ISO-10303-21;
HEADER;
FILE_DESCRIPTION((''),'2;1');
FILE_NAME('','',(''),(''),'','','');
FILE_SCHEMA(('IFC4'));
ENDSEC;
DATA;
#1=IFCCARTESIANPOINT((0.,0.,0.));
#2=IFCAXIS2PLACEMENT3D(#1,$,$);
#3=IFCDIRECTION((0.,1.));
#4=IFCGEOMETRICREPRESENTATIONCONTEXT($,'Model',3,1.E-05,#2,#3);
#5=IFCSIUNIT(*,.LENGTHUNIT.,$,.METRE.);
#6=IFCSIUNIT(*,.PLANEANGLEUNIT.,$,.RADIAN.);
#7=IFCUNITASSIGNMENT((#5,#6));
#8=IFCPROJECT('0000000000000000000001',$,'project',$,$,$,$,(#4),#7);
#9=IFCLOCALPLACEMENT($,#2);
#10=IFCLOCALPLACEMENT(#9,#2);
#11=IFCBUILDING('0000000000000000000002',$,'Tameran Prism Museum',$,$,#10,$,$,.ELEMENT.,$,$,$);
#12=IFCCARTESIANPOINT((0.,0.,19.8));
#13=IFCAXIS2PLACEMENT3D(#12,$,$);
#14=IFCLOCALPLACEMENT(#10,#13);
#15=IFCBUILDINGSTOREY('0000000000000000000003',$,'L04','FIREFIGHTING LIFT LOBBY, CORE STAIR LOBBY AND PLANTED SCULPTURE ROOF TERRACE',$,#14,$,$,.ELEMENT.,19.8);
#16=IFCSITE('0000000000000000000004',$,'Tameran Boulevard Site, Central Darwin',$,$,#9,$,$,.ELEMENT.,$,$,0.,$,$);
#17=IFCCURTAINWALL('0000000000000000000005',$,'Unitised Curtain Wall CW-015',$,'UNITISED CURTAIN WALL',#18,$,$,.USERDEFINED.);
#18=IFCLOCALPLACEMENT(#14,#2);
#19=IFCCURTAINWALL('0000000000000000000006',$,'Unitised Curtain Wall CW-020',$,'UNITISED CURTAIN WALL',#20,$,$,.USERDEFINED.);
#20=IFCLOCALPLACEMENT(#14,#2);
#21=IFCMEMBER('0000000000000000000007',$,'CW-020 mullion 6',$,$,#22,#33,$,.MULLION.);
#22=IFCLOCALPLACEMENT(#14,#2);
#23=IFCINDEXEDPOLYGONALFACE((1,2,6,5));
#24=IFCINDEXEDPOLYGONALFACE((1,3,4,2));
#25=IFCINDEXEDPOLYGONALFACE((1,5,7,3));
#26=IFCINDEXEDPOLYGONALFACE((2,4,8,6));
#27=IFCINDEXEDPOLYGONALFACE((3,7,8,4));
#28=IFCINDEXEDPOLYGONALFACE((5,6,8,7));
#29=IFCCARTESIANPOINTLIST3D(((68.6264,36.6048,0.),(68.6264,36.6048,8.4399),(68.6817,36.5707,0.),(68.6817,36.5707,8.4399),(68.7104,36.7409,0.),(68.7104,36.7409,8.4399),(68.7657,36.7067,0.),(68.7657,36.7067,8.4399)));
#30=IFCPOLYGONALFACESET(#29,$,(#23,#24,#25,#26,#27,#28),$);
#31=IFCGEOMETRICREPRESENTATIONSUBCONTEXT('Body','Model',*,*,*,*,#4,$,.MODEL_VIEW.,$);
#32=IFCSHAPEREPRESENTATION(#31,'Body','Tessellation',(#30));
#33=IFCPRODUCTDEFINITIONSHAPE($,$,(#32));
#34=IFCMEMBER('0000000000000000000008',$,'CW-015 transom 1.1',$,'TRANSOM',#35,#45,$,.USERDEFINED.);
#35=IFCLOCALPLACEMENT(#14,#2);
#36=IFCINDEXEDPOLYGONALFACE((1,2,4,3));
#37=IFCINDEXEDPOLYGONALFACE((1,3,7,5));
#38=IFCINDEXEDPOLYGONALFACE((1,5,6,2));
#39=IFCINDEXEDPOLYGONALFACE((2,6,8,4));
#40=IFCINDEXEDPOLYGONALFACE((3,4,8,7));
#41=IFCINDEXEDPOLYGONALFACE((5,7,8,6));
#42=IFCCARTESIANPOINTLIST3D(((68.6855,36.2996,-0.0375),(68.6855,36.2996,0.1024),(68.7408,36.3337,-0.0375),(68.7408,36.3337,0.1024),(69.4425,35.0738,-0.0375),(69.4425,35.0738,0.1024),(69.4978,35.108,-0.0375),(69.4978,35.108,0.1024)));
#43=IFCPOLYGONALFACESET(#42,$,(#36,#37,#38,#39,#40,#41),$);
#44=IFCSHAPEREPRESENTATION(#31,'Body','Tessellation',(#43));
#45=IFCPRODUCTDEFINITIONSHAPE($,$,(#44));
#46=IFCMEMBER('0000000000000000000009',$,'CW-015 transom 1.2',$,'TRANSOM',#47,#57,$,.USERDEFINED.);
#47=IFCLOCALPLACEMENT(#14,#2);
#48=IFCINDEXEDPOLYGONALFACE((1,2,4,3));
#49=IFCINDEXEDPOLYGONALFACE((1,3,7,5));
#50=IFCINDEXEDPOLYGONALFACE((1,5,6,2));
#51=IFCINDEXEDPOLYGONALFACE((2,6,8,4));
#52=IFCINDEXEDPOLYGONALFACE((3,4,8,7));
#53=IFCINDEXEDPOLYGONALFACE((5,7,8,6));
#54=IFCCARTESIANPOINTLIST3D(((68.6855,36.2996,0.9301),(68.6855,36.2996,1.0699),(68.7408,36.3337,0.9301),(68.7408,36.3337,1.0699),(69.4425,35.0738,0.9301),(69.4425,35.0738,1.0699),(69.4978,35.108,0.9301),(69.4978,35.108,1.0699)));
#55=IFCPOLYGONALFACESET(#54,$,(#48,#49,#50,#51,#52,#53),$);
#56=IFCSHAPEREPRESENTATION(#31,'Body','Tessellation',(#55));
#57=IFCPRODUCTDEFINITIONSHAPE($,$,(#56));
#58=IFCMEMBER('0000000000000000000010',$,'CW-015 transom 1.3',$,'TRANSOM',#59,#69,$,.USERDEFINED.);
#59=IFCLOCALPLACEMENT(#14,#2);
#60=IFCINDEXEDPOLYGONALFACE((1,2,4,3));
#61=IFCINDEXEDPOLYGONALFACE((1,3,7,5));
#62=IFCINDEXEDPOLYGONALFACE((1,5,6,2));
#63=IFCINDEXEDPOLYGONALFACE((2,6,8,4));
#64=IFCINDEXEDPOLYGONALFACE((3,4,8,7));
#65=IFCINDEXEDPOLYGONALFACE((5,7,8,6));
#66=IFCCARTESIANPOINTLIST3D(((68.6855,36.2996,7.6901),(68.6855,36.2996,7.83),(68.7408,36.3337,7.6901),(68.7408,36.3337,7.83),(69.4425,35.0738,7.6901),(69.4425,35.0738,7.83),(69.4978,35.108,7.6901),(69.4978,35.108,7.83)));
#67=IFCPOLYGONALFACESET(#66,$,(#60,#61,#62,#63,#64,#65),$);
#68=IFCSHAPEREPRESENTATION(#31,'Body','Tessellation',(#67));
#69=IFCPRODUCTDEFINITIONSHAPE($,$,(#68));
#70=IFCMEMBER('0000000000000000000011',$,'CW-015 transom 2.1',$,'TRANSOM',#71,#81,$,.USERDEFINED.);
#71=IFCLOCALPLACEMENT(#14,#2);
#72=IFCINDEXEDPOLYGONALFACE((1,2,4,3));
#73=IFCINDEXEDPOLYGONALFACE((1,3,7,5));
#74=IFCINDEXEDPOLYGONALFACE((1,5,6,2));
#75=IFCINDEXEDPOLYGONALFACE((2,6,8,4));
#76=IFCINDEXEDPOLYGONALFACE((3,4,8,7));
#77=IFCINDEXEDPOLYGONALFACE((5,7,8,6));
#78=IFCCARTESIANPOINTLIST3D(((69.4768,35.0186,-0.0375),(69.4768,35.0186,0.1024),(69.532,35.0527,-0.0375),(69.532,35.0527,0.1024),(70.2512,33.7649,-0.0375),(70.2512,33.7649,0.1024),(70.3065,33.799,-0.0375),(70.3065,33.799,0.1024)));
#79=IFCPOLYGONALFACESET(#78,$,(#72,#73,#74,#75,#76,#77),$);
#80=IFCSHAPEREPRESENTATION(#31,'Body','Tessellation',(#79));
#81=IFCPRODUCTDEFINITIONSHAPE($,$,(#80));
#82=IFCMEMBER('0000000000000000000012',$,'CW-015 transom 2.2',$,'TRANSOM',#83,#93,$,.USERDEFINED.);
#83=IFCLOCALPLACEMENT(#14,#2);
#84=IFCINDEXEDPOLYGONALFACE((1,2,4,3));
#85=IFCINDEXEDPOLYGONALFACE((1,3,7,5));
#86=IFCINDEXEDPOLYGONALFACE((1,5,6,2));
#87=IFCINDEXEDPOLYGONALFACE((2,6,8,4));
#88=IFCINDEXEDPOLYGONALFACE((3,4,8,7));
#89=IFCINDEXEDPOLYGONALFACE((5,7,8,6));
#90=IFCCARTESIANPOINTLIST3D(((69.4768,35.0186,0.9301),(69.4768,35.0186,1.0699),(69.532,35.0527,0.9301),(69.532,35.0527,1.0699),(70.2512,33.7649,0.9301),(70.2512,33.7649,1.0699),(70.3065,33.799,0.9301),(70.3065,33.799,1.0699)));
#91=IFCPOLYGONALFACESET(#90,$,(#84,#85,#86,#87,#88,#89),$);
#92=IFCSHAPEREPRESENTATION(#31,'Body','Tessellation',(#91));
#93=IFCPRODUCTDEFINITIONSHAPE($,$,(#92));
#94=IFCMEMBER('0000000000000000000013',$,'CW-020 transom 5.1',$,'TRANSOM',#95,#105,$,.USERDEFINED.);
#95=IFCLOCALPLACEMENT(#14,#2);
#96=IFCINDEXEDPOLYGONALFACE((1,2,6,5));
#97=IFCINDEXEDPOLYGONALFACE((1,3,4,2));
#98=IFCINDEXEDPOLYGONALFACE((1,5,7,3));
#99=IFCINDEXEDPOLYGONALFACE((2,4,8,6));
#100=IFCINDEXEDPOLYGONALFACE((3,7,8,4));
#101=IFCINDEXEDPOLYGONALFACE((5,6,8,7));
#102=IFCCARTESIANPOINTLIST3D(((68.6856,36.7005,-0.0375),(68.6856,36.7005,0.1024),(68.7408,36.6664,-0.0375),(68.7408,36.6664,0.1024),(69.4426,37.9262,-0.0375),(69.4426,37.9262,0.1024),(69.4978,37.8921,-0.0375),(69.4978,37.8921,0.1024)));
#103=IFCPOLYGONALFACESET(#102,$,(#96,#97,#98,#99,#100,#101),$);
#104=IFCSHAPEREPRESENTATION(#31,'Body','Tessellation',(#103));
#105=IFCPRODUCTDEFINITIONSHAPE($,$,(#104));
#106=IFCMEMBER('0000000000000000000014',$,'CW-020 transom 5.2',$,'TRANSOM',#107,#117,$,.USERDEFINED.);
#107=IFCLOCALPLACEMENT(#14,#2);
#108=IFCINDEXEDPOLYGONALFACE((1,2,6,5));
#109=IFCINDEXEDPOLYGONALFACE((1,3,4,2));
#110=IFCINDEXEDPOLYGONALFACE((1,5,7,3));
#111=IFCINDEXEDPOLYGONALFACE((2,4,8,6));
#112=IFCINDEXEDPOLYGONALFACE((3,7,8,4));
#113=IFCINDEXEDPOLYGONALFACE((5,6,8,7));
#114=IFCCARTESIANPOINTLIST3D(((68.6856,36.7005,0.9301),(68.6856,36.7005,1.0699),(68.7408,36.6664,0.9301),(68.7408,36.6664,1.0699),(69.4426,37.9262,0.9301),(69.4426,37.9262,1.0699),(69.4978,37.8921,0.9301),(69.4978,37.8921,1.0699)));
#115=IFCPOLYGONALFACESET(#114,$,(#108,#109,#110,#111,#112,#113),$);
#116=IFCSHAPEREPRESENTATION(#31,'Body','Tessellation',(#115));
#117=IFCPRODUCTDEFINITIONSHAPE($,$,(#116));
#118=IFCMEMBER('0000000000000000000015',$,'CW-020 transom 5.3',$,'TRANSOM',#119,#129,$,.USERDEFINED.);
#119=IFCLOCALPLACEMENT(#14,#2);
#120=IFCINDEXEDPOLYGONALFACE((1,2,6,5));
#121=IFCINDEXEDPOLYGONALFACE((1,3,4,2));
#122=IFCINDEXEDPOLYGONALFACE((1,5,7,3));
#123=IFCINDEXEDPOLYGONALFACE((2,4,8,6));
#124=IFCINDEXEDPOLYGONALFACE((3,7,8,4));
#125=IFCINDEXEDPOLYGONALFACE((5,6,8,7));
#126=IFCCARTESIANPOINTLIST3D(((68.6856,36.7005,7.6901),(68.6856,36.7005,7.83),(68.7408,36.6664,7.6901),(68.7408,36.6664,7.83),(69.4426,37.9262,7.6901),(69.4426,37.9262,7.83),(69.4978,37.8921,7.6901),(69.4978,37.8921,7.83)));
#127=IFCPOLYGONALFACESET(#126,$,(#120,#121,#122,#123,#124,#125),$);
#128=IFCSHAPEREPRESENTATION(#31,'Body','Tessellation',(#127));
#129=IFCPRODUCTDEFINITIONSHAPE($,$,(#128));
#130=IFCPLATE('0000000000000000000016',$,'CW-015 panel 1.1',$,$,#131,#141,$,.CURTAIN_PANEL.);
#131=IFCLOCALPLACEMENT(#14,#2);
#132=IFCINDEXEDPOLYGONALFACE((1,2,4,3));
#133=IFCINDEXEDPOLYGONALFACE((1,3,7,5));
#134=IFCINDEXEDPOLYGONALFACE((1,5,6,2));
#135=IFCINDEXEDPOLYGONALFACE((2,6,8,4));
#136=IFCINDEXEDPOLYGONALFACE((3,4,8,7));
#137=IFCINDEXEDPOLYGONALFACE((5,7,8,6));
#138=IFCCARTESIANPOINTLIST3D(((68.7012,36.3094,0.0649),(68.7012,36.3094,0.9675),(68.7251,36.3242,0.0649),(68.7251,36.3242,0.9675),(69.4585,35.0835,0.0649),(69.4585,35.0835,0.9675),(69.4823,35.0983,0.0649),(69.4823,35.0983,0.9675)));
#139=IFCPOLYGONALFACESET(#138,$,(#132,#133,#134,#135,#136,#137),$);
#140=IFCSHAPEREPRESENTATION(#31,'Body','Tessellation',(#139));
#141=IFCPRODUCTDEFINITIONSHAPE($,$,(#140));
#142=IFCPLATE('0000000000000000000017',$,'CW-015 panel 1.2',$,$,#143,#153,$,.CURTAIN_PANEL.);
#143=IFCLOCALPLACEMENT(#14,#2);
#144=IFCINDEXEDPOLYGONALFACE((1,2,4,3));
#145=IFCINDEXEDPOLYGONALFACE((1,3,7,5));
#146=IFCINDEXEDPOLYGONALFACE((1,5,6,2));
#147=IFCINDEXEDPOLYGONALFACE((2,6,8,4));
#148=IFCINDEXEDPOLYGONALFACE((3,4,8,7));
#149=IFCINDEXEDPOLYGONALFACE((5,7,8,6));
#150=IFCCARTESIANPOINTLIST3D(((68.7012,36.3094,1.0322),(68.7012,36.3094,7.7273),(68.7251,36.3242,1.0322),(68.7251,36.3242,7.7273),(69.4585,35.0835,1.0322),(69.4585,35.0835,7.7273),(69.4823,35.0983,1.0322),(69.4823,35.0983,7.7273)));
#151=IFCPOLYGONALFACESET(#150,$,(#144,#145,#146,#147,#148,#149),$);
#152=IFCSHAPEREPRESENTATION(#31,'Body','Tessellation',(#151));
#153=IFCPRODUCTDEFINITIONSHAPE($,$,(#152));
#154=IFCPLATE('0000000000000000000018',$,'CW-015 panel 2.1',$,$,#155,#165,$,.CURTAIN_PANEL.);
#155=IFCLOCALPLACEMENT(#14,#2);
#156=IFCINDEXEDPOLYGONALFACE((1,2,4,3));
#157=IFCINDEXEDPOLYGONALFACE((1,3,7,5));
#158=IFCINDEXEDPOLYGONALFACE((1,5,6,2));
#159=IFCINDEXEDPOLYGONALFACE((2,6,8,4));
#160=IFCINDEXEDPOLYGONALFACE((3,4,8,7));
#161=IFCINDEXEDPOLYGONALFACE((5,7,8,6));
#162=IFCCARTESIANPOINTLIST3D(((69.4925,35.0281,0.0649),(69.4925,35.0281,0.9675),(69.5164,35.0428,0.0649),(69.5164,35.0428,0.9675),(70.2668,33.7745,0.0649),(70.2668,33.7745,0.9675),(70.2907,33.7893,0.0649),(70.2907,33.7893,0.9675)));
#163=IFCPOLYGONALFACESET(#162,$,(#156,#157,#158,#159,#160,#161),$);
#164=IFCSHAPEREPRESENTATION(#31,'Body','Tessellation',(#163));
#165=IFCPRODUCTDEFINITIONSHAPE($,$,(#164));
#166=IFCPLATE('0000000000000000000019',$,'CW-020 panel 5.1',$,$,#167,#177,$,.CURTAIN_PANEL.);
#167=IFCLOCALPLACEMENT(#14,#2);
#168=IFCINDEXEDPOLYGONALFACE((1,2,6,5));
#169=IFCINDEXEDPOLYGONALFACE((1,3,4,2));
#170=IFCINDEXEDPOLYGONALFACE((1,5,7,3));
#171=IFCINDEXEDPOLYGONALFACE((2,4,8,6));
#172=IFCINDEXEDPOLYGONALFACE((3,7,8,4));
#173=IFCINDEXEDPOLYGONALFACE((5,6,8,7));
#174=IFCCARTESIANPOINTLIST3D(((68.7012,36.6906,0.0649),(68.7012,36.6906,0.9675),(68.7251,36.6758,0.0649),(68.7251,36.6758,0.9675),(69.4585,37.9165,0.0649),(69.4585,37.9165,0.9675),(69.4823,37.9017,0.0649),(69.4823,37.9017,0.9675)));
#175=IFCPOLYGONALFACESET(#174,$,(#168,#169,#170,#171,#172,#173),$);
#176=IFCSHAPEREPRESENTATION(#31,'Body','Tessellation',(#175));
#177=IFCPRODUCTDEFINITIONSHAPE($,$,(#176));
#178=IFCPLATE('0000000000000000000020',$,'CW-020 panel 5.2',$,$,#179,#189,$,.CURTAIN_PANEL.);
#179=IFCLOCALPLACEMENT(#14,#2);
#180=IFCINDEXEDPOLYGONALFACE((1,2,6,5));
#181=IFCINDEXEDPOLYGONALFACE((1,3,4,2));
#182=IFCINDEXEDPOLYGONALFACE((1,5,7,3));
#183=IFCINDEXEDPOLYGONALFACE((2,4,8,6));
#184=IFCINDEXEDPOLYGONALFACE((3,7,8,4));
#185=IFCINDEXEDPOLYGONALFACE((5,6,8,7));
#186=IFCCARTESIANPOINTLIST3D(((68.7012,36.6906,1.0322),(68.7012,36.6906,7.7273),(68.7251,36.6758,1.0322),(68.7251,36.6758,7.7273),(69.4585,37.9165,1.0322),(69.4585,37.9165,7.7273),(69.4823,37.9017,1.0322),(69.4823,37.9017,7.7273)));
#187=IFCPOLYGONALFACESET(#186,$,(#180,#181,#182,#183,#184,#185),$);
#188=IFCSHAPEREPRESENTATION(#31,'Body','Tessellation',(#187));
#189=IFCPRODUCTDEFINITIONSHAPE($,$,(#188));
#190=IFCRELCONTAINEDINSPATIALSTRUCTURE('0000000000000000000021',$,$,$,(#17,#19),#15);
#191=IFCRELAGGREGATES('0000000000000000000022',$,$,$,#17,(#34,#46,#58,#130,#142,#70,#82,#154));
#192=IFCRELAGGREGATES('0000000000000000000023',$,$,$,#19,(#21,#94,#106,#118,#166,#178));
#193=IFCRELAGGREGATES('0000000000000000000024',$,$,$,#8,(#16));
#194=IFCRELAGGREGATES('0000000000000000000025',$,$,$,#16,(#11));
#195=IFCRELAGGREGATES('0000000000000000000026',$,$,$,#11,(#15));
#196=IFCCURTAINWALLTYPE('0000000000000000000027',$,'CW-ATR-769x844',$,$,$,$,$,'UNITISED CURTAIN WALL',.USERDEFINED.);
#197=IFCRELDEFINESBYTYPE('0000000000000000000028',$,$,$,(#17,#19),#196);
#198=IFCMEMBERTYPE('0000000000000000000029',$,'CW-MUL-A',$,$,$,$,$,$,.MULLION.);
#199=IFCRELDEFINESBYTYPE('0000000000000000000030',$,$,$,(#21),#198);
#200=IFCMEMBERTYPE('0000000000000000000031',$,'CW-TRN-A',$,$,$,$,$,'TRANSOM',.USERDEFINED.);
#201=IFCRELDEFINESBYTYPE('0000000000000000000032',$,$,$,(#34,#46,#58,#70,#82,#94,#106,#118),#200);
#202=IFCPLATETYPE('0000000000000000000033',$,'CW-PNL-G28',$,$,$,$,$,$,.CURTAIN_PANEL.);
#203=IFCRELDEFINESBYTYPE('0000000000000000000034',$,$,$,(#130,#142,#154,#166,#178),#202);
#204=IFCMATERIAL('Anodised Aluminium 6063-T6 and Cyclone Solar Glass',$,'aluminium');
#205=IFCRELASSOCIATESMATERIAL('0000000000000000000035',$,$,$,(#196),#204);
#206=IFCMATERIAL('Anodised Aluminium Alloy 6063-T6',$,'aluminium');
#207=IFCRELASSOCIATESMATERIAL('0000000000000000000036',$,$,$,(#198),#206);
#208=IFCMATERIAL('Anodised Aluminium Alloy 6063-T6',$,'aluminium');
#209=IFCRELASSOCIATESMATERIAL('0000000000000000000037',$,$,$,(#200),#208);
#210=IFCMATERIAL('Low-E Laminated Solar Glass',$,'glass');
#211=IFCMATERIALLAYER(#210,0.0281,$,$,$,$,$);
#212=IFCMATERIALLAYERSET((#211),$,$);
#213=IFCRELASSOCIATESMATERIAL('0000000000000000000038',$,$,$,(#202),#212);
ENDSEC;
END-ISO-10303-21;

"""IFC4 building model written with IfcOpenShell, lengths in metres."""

from ifc_helpers import new_model, si_unit, direction, frame, origin, origin_2d, place, context, subcontext, project, spatial, rectangle, extrude, material, layer, layer_set, material_profile, profile_set, type_object, element, aggregate, save


model = new_model("IFC4")

# Units and contexts
model_context = context("Model", 3, precision=1e-05, world=origin(), true_north=direction((0.0, 1.0)))
body_context = subcontext(model_context, "Body", "Model", "MODEL_VIEW")
ifc_project = project(units=[si_unit("LENGTHUNIT", "METRE"), si_unit("PLANEANGLEUNIT", "RADIAN")], contexts=[model_context])

# Site, building, storey
site_placement = place(None, origin())
site = spatial("IfcSite", under=ifc_project, at=site_placement, Name="Tameran Boulevard Site, Central Darwin", CompositionType="ELEMENT", RefElevation=0.0)
building_placement = place(site_placement, origin())
building = spatial("IfcBuilding", under=site, at=building_placement, Name="Tameran Prism Museum", CompositionType="ELEMENT")
storey_placement = place(building_placement, frame((0.0, 0.0, 19.8)))
storey = spatial("IfcBuildingStorey", under=building, at=storey_placement, Name="L04", Description="FIREFIGHTING LIFT LOBBY, CORE STAIR LOBBY AND PLANTED SCULPTURE ROOF TERRACE", CompositionType="ELEMENT", Elevation=19.8)

# Curtain walls, member
ifc_material_1 = material(Name="Anodised Aluminium 6063-T6 and Cyclone Solar Glass", Category="aluminium")
curtain_wall_type = type_object("IfcCurtainWallType", Name="CW-ATR-769x844", ElementType="UNITISED CURTAIN WALL", PredefinedType="USERDEFINED", material=ifc_material_1)
curtain_wall_1_placement = place(storey_placement, origin())
curtain_wall_1 = element("IfcCurtainWall", 1, at=curtain_wall_1_placement, inside=storey, type_object=curtain_wall_type, Name="Unitised Curtain Wall CW-015", ObjectType="UNITISED CURTAIN WALL", PredefinedType="USERDEFINED")
ifc_material_2 = material(Name="Anodised Aluminium Alloy 6063-T6", Category="aluminium")
ifc_material_profile_1 = material_profile(ifc_material_2, rectangle(XDim=0.0649, YDim=0.1599, at=origin_2d()))
ifc_profile_set_1 = profile_set([ifc_material_profile_1])
member_type_1 = type_object("IfcMemberType", Name="CW-MUL-A", PredefinedType="MULLION", material=ifc_profile_set_1)
curtain_wall_2_placement = place(storey_placement, origin())
curtain_wall_2 = element("IfcCurtainWall", 2, at=curtain_wall_2_placement, inside=storey, type_object=curtain_wall_type, Name="Unitised Curtain Wall CW-020", ObjectType="UNITISED CURTAIN WALL", PredefinedType="USERDEFINED")
member_1_placement = place(storey_placement, frame((68.696, 36.6558, 0.0), z_axis=(0.0, 0.0, 1.0), x_axis=(0.850791, -0.525504, 0.0)))
member_1 = element("IfcMember", 3, at=member_1_placement, type_object=member_type_1, Name="CW-020 mullion 6", PredefinedType="MULLION", context=body_context, shape_type="SweptSolid", body=[
    extrude(rectangle(XDim=0.0649, YDim=0.1599, at=origin_2d()), origin(), (0.0, 0.0, 1.0), 8.4399),
])

# Members
ifc_material_3 = material(Name="Anodised Aluminium Alloy 6063-T6", Category="aluminium")
ifc_material_profile_2 = material_profile(ifc_material_3, rectangle(XDim=0.0649, YDim=0.1399, at=origin_2d()))
ifc_profile_set_2 = profile_set([ifc_material_profile_2])
member_type_2 = type_object("IfcMemberType", Name="CW-TRN-A", ElementType="TRANSOM", PredefinedType="USERDEFINED", material=ifc_profile_set_2)
member_2_placement = place(storey_placement, frame((68.7131, 36.3167, 0.0325), z_axis=(0.525468, -0.850814, 0.0), x_axis=(0.850814, 0.525468, 0.0)))
member_2 = element("IfcMember", 4, at=member_2_placement, type_object=member_type_2, Name="CW-015 transom 1.1", ObjectType="TRANSOM", PredefinedType="USERDEFINED", context=body_context, shape_type="SweptSolid", body=[
    extrude(rectangle(XDim=0.0649, YDim=0.1399, at=origin_2d()), origin(), (0.0, 0.0, 1.0), 1.4407),
])
member_3_placement = place(storey_placement, frame((68.7131, 36.3167, 1.0), z_axis=(0.525468, -0.850814, 0.0), x_axis=(0.850814, 0.525468, 0.0)))
member_3 = element("IfcMember", 5, at=member_3_placement, type_object=member_type_2, Name="CW-015 transom 1.2", ObjectType="TRANSOM", PredefinedType="USERDEFINED", context=body_context, shape_type="SweptSolid", body=[
    extrude(rectangle(XDim=0.0649, YDim=0.1399, at=origin_2d()), origin(), (0.0, 0.0, 1.0), 1.4407),
])
member_4_placement = place(storey_placement, frame((68.7131, 36.3167, 7.76), z_axis=(0.525468, -0.850814, 0.0), x_axis=(0.850814, 0.525468, 0.0)))
member_4 = element("IfcMember", 6, at=member_4_placement, type_object=member_type_2, Name="CW-015 transom 1.3", ObjectType="TRANSOM", PredefinedType="USERDEFINED", context=body_context, shape_type="SweptSolid", body=[
    extrude(rectangle(XDim=0.0649, YDim=0.1399, at=origin_2d()), origin(), (0.0, 0.0, 1.0), 1.4407),
])
member_5_placement = place(storey_placement, frame((69.5044, 35.0356, 0.0325), z_axis=(0.525539, -0.85077, 0.0), x_axis=(0.85077, 0.525539, 0.0)))
member_5 = element("IfcMember", 7, at=member_5_placement, type_object=member_type_2, Name="CW-015 transom 2.1", ObjectType="TRANSOM", PredefinedType="USERDEFINED", context=body_context, shape_type="SweptSolid", body=[
    extrude(rectangle(XDim=0.0649, YDim=0.1399, at=origin_2d()), origin(), (0.0, 0.0, 1.0), 1.4736),
])
member_6_placement = place(storey_placement, frame((69.5044, 35.0356, 1.0), z_axis=(0.525539, -0.85077, 0.0), x_axis=(0.85077, 0.525539, 0.0)))
member_6 = element("IfcMember", 8, at=member_6_placement, type_object=member_type_2, Name="CW-015 transom 2.2", ObjectType="TRANSOM", PredefinedType="USERDEFINED", context=body_context, shape_type="SweptSolid", body=[
    extrude(rectangle(XDim=0.0649, YDim=0.1399, at=origin_2d()), origin(), (0.0, 0.0, 1.0), 1.4736),
])
member_7_placement = place(storey_placement, frame((69.4702, 37.9092, 0.0325), z_axis=(-0.525468, -0.850814, 0.0), x_axis=(0.850814, -0.525468, 0.0)))
member_7 = element("IfcMember", 9, at=member_7_placement, type_object=member_type_2, Name="CW-020 transom 5.1", ObjectType="TRANSOM", PredefinedType="USERDEFINED", context=body_context, shape_type="SweptSolid", body=[
    extrude(rectangle(XDim=0.0649, YDim=0.1399, at=origin_2d()), origin(), (0.0, 0.0, 1.0), 1.4407),
])
member_8_placement = place(storey_placement, frame((69.4702, 37.9092, 1.0), z_axis=(-0.525468, -0.850814, 0.0), x_axis=(0.850814, -0.525468, 0.0)))
member_8 = element("IfcMember", 10, at=member_8_placement, type_object=member_type_2, Name="CW-020 transom 5.2", ObjectType="TRANSOM", PredefinedType="USERDEFINED", context=body_context, shape_type="SweptSolid", body=[
    extrude(rectangle(XDim=0.0649, YDim=0.1399, at=origin_2d()), origin(), (0.0, 0.0, 1.0), 1.4407),
])
member_9_placement = place(storey_placement, frame((69.4702, 37.9092, 7.76), z_axis=(-0.525468, -0.850814, 0.0), x_axis=(0.850814, -0.525468, 0.0)))
member_9 = element("IfcMember", 11, at=member_9_placement, type_object=member_type_2, Name="CW-020 transom 5.3", ObjectType="TRANSOM", PredefinedType="USERDEFINED", context=body_context, shape_type="SweptSolid", body=[
    extrude(rectangle(XDim=0.0649, YDim=0.1399, at=origin_2d()), origin(), (0.0, 0.0, 1.0), 1.4407),
])

# Plates
ifc_material_4 = material(Name="Low-E Laminated Solar Glass", Category="glass")
ifc_layer_1 = layer(ifc_material_4, 0.0281)
ifc_layer_set_1 = layer_set([ifc_layer_1])
plate_type = type_object("IfcPlateType", Name="CW-PNL-G28", PredefinedType="CURTAIN_PANEL", material=ifc_layer_set_1)
plate_1_placement = place(storey_placement, frame((69.0918, 35.7039, 0.0649), z_axis=(0.0, 0.0, 1.0), x_axis=(0.525504, -0.850791, 0.0)))
plate_1 = element("IfcPlate", 12, at=plate_1_placement, type_object=plate_type, Name="CW-015 panel 1.1", PredefinedType="CURTAIN_PANEL", context=body_context, shape_type="SweptSolid", body=[
    extrude(rectangle(XDim=1.4409, YDim=0.0281, at=origin_2d()), origin(), (0.0, 0.0, 1.0), 0.9026),
])
plate_2_placement = place(storey_placement, frame((69.0918, 35.7039, 1.0322), z_axis=(0.0, 0.0, 1.0), x_axis=(0.525504, -0.850791, 0.0)))
plate_2 = element("IfcPlate", 13, at=plate_2_placement, type_object=plate_type, Name="CW-015 panel 1.2", PredefinedType="CURTAIN_PANEL", context=body_context, shape_type="SweptSolid", body=[
    extrude(rectangle(XDim=1.4409, YDim=0.0281, at=origin_2d()), origin(), (0.0, 0.0, 1.0), 6.6951),
])
plate_3_placement = place(storey_placement, frame((69.8916, 34.4087, 0.0649), z_axis=(0.0, 0.0, 1.0), x_axis=(0.525504, -0.850791, 0.0)))
plate_3 = element("IfcPlate", 14, at=plate_3_placement, type_object=plate_type, Name="CW-015 panel 2.1", PredefinedType="CURTAIN_PANEL", context=body_context, shape_type="SweptSolid", body=[
    extrude(rectangle(XDim=1.4734, YDim=0.0281, at=origin_2d()), origin(), (0.0, 0.0, 1.0), 0.9026),
])
aggregate(curtain_wall_1, [member_2, member_3, member_4, plate_1, plate_2, member_5, member_6, plate_3])
plate_4_placement = place(storey_placement, frame((69.0918, 37.2961, 0.0649), z_axis=(0.0, 0.0, 1.0), x_axis=(-0.525504, -0.850791, 0.0)))
plate_4 = element("IfcPlate", 15, at=plate_4_placement, type_object=plate_type, Name="CW-020 panel 5.1", PredefinedType="CURTAIN_PANEL", context=body_context, shape_type="SweptSolid", body=[
    extrude(rectangle(XDim=1.4409, YDim=0.0281, at=origin_2d()), origin(), (0.0, 0.0, 1.0), 0.9026),
])
plate_5_placement = place(storey_placement, frame((69.0918, 37.2961, 1.0322), z_axis=(0.0, 0.0, 1.0), x_axis=(-0.525504, -0.850791, 0.0)))
plate_5 = element("IfcPlate", 16, at=plate_5_placement, type_object=plate_type, Name="CW-020 panel 5.2", PredefinedType="CURTAIN_PANEL", context=body_context, shape_type="SweptSolid", body=[
    extrude(rectangle(XDim=1.4409, YDim=0.0281, at=origin_2d()), origin(), (0.0, 0.0, 1.0), 6.6951),
])
aggregate(curtain_wall_2, [member_1, member_7, member_8, member_9, plate_4, plate_5])

save(model, "model.ifc")
